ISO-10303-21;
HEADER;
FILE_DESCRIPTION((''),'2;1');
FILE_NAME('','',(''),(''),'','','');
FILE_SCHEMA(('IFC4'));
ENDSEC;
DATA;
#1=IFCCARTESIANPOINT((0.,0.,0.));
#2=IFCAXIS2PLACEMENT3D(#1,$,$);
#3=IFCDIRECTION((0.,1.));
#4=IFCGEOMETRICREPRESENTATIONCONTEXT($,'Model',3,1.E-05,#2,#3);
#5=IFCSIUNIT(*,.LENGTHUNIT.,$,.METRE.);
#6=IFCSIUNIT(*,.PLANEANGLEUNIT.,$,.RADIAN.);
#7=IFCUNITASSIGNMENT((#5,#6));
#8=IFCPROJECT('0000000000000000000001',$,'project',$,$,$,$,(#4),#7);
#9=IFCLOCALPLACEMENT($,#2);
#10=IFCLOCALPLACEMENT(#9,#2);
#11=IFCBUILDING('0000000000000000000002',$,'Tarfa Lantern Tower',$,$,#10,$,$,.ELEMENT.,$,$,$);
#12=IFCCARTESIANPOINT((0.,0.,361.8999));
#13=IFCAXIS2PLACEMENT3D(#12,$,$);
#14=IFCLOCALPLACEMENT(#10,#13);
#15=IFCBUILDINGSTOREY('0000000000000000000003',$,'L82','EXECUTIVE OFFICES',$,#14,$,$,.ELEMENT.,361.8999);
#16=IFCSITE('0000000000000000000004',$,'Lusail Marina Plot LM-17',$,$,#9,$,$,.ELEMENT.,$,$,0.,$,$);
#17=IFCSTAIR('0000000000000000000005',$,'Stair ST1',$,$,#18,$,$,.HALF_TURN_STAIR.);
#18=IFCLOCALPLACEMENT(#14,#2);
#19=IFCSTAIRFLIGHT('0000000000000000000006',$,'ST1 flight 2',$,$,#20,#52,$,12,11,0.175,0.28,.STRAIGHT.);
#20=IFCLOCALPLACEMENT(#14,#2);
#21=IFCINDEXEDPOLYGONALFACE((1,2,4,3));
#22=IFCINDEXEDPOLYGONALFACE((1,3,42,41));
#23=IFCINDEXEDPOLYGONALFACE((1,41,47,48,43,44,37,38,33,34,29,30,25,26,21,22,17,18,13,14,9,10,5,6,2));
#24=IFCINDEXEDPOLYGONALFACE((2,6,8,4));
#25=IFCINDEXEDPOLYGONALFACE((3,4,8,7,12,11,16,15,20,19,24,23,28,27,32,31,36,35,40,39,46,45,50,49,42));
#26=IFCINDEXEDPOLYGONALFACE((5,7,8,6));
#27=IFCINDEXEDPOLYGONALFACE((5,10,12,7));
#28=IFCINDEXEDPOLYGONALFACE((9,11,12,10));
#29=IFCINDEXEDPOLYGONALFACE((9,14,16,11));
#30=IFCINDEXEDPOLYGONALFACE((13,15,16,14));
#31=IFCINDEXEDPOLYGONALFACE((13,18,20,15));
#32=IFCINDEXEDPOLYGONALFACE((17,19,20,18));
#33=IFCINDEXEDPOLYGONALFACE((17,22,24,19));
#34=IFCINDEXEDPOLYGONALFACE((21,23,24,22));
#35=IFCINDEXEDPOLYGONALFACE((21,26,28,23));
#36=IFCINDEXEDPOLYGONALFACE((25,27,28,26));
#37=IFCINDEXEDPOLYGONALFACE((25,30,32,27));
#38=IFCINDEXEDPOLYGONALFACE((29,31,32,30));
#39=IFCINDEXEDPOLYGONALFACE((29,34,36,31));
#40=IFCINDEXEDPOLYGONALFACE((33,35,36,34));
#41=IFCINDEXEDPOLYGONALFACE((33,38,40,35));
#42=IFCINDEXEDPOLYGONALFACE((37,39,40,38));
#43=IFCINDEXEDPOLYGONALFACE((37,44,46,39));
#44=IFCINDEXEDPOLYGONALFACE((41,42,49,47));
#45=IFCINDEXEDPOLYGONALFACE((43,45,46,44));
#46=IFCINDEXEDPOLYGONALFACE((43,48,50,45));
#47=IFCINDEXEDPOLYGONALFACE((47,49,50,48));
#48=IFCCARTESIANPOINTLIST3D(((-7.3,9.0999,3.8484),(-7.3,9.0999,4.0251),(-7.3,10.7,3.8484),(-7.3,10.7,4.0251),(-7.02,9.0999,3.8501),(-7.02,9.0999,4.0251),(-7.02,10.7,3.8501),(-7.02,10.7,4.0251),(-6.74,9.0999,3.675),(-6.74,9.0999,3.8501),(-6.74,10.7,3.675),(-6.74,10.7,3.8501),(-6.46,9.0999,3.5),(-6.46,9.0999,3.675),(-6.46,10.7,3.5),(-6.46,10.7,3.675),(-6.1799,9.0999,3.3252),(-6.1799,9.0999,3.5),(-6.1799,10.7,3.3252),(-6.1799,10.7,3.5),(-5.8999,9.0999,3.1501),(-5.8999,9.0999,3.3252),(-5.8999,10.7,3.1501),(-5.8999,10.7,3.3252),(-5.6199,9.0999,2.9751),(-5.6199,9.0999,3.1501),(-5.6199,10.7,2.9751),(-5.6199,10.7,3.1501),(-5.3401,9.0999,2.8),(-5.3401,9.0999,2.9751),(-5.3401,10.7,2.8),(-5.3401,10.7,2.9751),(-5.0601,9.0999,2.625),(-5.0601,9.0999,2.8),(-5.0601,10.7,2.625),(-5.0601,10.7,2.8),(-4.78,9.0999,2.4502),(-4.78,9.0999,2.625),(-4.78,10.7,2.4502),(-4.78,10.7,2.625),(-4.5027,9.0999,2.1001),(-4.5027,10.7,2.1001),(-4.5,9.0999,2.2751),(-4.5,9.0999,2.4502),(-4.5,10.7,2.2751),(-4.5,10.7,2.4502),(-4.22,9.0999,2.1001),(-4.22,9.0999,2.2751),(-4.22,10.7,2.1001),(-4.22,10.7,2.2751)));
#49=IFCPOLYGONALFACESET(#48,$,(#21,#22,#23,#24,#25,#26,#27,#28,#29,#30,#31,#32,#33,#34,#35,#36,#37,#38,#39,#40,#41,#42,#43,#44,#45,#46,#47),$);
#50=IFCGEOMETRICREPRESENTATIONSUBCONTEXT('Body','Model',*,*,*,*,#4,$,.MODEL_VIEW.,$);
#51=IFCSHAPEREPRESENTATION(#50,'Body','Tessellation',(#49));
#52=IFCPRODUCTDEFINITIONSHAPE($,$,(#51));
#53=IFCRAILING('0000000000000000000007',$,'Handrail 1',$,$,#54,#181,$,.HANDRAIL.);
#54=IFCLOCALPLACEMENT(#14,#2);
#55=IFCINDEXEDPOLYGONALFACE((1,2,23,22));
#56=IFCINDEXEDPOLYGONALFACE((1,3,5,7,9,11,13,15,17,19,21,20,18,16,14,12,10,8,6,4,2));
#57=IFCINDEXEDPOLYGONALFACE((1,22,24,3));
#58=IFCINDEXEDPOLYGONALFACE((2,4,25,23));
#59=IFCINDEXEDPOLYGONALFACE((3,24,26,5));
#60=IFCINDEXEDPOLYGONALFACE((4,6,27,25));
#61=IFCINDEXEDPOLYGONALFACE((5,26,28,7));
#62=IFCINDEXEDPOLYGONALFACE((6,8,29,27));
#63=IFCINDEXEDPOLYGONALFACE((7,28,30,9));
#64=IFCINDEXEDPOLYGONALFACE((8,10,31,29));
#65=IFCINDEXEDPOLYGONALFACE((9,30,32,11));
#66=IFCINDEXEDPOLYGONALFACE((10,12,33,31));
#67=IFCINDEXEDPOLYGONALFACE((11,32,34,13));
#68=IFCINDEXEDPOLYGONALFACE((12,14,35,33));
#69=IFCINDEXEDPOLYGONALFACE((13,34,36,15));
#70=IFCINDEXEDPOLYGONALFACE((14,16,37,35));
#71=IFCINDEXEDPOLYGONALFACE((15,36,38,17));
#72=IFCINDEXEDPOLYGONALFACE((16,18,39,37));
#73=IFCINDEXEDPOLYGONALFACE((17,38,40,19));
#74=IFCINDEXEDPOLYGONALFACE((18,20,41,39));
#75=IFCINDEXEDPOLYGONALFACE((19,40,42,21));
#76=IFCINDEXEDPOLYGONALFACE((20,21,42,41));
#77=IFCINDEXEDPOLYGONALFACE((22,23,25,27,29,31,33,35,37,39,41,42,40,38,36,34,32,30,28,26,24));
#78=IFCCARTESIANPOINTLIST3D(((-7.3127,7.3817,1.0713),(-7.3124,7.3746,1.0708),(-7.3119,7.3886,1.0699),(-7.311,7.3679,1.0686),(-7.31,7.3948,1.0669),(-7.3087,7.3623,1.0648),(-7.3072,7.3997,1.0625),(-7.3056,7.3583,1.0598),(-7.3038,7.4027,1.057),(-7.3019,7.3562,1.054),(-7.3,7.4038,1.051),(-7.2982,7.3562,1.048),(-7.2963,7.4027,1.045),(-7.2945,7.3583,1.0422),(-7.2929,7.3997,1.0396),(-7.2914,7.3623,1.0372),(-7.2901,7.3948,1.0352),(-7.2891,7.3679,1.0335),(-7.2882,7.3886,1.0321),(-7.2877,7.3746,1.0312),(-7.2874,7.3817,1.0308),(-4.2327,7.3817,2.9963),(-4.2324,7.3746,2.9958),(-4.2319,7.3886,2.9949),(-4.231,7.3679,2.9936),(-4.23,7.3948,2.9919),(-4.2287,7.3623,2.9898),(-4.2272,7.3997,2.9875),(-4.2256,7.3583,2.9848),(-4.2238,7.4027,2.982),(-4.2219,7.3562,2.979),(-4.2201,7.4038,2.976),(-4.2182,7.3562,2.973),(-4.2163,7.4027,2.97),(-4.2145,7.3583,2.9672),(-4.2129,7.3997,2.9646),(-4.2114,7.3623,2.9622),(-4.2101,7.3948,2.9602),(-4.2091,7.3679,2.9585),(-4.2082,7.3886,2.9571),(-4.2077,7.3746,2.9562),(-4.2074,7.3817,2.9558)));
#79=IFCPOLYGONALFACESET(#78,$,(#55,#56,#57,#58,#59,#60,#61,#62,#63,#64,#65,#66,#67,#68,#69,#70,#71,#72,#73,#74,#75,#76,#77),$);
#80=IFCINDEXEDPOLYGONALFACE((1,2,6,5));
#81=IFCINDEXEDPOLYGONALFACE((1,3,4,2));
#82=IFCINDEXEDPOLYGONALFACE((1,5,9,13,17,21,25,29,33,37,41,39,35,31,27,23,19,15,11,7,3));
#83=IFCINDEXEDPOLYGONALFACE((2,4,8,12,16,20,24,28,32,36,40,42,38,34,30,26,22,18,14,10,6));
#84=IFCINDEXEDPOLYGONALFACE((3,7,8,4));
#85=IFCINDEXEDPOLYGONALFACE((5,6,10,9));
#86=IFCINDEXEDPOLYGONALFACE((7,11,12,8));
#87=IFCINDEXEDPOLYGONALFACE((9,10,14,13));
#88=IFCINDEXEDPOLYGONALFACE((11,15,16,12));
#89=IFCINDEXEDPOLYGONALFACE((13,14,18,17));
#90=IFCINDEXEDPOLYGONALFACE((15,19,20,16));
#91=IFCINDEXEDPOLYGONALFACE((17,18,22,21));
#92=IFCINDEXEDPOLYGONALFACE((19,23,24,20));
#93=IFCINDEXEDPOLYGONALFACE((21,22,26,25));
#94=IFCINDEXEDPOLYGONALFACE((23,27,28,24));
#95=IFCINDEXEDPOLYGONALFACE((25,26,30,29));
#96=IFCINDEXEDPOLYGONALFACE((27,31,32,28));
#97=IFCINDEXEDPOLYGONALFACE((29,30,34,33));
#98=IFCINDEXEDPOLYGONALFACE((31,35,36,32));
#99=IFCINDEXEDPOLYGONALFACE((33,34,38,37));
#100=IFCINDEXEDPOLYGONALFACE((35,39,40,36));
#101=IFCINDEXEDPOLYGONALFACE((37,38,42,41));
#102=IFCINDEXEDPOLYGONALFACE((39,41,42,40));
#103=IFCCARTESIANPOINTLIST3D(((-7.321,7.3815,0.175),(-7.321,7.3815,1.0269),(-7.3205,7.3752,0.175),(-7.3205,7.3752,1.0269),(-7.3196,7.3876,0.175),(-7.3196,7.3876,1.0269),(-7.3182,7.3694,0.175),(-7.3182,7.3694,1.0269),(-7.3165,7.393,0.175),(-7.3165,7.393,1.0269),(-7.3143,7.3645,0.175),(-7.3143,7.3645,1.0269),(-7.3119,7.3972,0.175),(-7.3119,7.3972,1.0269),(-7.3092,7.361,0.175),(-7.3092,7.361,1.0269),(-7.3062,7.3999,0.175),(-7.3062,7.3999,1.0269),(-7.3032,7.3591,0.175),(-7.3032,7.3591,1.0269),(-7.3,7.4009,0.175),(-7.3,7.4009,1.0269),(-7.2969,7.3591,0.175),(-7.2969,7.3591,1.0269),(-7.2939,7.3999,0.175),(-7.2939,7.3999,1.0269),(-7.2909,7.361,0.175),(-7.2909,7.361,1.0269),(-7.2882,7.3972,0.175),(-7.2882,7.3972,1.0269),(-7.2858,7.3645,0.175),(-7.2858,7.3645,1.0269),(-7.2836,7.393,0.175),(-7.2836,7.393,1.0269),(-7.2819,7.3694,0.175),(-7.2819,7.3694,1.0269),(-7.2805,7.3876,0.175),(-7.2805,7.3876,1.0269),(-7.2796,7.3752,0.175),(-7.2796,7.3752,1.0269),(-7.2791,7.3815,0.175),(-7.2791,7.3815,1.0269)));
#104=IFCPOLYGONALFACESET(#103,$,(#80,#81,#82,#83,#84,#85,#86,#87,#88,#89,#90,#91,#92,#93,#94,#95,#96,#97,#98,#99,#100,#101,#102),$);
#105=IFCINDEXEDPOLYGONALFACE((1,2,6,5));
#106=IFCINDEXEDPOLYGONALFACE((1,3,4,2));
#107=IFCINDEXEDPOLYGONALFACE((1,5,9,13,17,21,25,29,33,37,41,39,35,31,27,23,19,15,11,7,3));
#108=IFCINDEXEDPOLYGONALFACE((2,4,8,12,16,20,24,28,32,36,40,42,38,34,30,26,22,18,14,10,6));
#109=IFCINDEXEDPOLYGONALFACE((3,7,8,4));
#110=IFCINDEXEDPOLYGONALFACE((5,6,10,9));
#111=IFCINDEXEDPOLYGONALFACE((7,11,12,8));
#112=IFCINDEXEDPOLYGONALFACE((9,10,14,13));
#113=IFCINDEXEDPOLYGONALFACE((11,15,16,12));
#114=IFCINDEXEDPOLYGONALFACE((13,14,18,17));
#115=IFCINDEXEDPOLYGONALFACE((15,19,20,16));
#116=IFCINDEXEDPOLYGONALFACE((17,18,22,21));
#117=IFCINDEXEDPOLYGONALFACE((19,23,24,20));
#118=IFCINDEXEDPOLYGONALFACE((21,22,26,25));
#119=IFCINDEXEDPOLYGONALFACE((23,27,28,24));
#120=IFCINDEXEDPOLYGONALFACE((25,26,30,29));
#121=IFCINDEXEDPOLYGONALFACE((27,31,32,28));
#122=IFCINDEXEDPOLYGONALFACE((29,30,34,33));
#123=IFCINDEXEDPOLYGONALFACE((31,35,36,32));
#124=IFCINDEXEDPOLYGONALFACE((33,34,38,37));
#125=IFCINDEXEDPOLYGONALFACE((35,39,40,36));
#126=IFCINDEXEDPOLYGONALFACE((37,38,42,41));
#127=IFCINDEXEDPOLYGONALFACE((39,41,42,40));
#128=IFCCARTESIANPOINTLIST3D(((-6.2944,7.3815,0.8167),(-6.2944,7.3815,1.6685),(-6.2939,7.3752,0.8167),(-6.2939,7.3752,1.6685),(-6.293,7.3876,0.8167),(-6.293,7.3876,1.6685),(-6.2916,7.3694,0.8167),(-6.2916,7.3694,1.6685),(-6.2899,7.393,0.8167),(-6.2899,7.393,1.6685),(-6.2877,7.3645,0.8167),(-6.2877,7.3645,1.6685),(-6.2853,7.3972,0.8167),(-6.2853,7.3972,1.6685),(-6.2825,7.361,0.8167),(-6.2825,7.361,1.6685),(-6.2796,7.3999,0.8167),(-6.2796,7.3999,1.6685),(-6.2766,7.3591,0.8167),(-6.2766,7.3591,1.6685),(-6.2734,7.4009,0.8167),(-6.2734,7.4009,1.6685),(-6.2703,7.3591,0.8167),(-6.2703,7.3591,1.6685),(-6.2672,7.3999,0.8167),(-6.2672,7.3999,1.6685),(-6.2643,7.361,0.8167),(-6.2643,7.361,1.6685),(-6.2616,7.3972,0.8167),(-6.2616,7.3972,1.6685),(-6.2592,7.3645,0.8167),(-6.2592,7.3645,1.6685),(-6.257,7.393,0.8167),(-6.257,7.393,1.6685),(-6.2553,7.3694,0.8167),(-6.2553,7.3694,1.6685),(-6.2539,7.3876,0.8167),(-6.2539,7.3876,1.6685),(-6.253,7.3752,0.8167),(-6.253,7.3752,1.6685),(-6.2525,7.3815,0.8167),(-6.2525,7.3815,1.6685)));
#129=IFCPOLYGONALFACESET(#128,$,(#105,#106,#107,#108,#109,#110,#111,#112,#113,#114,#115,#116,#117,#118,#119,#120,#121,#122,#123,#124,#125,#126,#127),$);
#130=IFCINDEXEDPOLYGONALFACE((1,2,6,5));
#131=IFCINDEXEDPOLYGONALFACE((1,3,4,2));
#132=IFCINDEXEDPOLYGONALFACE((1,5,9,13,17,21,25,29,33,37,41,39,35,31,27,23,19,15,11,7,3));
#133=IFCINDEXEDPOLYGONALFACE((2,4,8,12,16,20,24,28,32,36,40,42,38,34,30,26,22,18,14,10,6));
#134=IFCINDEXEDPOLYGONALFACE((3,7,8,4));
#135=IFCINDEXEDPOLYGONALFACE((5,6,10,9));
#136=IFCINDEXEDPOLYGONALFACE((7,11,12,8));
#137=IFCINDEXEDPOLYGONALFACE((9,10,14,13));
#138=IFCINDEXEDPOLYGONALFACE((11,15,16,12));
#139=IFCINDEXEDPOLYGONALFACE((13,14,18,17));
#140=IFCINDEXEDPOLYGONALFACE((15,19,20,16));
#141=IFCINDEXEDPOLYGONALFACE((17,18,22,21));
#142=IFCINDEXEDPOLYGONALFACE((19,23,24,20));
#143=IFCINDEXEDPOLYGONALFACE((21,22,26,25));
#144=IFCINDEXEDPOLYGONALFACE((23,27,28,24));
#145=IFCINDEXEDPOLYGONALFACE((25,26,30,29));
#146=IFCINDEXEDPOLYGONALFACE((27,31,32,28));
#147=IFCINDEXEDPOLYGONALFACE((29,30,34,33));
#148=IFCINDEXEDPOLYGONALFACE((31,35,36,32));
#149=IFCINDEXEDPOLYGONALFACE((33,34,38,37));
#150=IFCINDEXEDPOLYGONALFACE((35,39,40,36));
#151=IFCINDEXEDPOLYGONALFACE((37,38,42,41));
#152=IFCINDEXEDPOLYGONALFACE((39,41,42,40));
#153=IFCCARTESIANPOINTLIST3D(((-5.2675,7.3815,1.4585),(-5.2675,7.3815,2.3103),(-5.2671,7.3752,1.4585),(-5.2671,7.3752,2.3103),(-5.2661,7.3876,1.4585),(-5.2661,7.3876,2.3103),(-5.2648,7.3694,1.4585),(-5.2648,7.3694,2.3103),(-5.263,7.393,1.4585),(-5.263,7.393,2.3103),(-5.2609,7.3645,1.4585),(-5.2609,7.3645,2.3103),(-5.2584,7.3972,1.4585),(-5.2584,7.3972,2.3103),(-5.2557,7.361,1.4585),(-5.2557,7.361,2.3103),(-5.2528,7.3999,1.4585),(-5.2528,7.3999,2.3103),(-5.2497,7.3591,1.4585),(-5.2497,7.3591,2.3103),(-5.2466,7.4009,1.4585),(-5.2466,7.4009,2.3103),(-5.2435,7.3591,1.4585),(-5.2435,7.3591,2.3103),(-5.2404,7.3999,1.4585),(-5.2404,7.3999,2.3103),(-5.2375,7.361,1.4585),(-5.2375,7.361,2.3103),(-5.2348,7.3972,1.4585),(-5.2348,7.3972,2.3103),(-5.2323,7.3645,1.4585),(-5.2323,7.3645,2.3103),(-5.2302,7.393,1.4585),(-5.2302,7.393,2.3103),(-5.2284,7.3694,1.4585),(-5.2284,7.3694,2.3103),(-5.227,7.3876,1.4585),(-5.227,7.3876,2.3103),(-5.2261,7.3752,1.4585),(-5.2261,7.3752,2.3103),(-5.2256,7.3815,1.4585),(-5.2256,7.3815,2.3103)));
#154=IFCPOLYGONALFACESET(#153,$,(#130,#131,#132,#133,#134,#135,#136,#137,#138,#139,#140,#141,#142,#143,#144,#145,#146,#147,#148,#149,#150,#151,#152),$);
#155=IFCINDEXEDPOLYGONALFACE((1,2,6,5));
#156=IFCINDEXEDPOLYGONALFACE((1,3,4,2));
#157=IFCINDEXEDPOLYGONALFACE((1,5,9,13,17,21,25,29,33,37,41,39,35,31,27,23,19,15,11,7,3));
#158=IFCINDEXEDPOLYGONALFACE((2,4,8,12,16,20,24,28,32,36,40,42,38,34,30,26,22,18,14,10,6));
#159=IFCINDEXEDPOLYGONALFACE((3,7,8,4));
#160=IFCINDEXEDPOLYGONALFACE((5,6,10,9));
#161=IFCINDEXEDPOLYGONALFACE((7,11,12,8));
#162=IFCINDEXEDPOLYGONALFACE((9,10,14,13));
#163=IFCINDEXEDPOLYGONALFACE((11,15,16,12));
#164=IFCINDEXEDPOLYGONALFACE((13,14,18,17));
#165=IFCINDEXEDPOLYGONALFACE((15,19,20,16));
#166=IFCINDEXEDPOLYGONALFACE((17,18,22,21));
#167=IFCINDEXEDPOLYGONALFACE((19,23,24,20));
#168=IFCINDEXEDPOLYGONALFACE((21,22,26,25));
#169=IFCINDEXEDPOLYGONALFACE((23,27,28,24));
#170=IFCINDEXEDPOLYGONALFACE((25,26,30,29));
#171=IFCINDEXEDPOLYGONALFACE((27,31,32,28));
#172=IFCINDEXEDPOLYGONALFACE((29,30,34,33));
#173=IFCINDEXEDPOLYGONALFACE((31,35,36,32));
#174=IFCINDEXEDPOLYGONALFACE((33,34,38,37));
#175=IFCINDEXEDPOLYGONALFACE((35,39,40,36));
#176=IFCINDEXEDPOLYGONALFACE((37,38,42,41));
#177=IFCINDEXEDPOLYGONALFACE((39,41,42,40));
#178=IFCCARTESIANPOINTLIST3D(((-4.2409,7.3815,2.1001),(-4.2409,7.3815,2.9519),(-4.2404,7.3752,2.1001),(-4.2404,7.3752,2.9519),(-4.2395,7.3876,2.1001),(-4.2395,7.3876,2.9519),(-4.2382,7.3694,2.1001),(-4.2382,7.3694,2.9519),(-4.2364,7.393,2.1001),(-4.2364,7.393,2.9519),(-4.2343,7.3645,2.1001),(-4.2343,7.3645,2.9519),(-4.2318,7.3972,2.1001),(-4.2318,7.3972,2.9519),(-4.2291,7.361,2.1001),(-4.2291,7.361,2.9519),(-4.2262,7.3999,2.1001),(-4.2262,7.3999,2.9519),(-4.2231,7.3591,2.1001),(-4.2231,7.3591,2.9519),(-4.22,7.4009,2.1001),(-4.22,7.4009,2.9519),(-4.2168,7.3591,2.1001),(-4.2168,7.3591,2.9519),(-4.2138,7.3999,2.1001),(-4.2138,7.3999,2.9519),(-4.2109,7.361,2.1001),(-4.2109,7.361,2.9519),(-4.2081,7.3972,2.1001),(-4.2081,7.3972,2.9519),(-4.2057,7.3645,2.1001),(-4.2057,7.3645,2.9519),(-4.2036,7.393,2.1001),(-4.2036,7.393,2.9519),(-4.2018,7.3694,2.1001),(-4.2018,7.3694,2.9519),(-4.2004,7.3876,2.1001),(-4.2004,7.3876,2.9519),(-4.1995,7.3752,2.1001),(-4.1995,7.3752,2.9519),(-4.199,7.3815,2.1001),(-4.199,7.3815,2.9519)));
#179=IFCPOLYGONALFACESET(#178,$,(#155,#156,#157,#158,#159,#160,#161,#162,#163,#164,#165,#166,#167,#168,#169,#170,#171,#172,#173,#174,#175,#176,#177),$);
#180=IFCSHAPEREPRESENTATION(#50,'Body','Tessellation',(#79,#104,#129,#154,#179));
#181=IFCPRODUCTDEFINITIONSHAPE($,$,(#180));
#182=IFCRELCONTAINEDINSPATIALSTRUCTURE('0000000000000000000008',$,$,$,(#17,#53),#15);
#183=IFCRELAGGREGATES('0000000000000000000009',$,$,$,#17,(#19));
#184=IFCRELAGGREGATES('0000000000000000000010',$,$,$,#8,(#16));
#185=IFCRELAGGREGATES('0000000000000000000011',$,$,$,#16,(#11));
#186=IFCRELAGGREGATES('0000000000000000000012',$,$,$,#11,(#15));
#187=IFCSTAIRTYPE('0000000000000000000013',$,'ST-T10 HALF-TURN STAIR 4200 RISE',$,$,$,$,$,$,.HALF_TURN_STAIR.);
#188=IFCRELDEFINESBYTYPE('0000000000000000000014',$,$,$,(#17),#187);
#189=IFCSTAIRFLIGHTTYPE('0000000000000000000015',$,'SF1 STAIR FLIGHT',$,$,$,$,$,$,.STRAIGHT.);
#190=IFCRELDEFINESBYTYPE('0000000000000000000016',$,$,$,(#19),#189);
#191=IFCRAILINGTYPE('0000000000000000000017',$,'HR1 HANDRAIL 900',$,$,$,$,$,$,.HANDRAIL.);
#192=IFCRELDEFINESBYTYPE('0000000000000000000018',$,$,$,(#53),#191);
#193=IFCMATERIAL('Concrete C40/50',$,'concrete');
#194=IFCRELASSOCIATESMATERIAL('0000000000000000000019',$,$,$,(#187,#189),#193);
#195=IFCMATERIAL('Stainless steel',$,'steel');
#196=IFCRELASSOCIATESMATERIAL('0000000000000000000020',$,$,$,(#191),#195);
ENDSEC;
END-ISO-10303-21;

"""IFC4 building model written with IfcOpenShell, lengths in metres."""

from ifc_helpers import new_model, si_unit, direction, frame, origin, origin_2d, place, context, subcontext, project, spatial, polyline, circle, outline, extrude, material, type_object, element, aggregate, save


model = new_model("IFC4")

# Units and contexts
model_context = context("Model", 3, precision=1e-05, world=origin(), true_north=direction((0.0, 1.0)))
body_context = subcontext(model_context, "Body", "Model", "MODEL_VIEW")
ifc_project = project(units=[si_unit("LENGTHUNIT", "METRE"), si_unit("PLANEANGLEUNIT", "RADIAN")], contexts=[model_context])

# Site, building, storey
site_placement = place(None, origin())
site = spatial("IfcSite", under=ifc_project, at=site_placement, Name="Lusail Marina Plot LM-17", CompositionType="ELEMENT", RefElevation=0.0)
building_placement = place(site_placement, origin())
building = spatial("IfcBuilding", under=site, at=building_placement, Name="Tarfa Lantern Tower", CompositionType="ELEMENT")
storey_placement = place(building_placement, frame((0.0, 0.0, 361.8999)))
storey = spatial("IfcBuildingStorey", under=building, at=storey_placement, Name="L82", Description="EXECUTIVE OFFICES", CompositionType="ELEMENT", Elevation=361.8999)

# Stair, stair flight
ifc_material_1 = material(Name="Concrete C40/50", Category="concrete")
stair_type = type_object("IfcStairType", Name="ST-T10 HALF-TURN STAIR 4200 RISE", PredefinedType="HALF_TURN_STAIR", material=ifc_material_1)
stair_placement = place(storey_placement, origin())
stair = element("IfcStair", 1, at=stair_placement, inside=storey, type_object=stair_type, Name="Stair ST1", PredefinedType="HALF_TURN_STAIR")
stair_flight_type = type_object("IfcStairFlightType", Name="SF1 STAIR FLIGHT", PredefinedType="STRAIGHT", material=ifc_material_1)
stair_flight_1_placement = place(storey_placement, frame((-4.22, 9.8999, 2.1001), z_axis=(0.0, 0.0, 1.0), x_axis=(-1.0, 0.0, 0.0)))
stair_flight_1 = element("IfcStairFlight", 2, at=stair_flight_1_placement, type_object=stair_flight_type, Name="ST1 flight 2", NumberOfRisers=12, NumberOfTreads=11, PredefinedType="STRAIGHT", RiserHeight=0.175, TreadLength=0.28, context=body_context, shape_type="SweptSolid", body=[
    extrude(outline(polyline([(0.0, 0.0), (0.0, 0.175), (0.28, 0.175), (0.28, 0.3501), (0.5601, 0.3501), (0.5601, 0.5249), (0.8401, 0.5249), (0.8401, 0.7), (1.1201, 0.7), (1.1201, 0.875), (1.3999, 0.875), (1.3999, 1.05), (1.6799, 1.05), (1.6799, 1.2251), (1.96, 1.2251), (1.96, 1.3999), (2.24, 1.3999), (2.24, 1.575), (2.52, 1.575), (2.52, 1.75), (2.8, 1.75), (2.8, 1.925), (3.0801, 1.925), (3.0801, 2.1001), (3.0801, 1.7483), (0.2827, 0.0), (0.0, 0.0)])), frame((0.0, 0.8, 0.0), z_axis=(0.0, -1.0, 0.0), x_axis=(1.0, 0.0, 0.0)), (0.0, 0.0, 1.0), 1.6001),
])
aggregate(stair, [stair_flight_1])

# Railing
ifc_material_2 = material(Name="Stainless steel", Category="steel")
railing_type = type_object("IfcRailingType", Name="HR1 HANDRAIL 900", PredefinedType="HANDRAIL", material=ifc_material_2)
railing_1_placement = place(storey_placement, frame((-7.3, 7.3799, 0.175)))
element("IfcRailing", 3, at=railing_1_placement, inside=storey, type_object=railing_type, Name="Handrail 1", PredefinedType="HANDRAIL", context=body_context, shape_type="SweptSolid", body=[
    extrude(circle(Radius=0.0239, at=origin_2d()), frame((0.0, 0.0, 0.876), z_axis=(0.847998, 0.0, 0.529999), x_axis=(0.0, 1.0, 0.0)), (0.0, 0.0, 1.0), 3.6321),
    extrude(circle(Radius=0.021, at=origin_2d()), frame((0.0, 0.0, 0.0), z_axis=(0.0, 0.0, 1.0), x_axis=(0.0, 1.0, 0.0)), (0.0, 0.0, 1.0), 0.8518),
    extrude(circle(Radius=0.021, at=origin_2d()), frame((1.0266, 0.0, 0.6416), z_axis=(0.0, 0.0, 1.0), x_axis=(0.0, 1.0, 0.0)), (0.0, 0.0, 1.0), 0.8518),
    extrude(circle(Radius=0.021, at=origin_2d()), frame((2.0535, 0.0, 1.2834), z_axis=(0.0, 0.0, 1.0), x_axis=(0.0, 1.0, 0.0)), (0.0, 0.0, 1.0), 0.8518),
    extrude(circle(Radius=0.021, at=origin_2d()), frame((3.0801, 0.0, 1.925), z_axis=(0.0, 0.0, 1.0), x_axis=(0.0, 1.0, 0.0)), (0.0, 0.0, 1.0), 0.8518),
])

save(model, "model.ifc")
